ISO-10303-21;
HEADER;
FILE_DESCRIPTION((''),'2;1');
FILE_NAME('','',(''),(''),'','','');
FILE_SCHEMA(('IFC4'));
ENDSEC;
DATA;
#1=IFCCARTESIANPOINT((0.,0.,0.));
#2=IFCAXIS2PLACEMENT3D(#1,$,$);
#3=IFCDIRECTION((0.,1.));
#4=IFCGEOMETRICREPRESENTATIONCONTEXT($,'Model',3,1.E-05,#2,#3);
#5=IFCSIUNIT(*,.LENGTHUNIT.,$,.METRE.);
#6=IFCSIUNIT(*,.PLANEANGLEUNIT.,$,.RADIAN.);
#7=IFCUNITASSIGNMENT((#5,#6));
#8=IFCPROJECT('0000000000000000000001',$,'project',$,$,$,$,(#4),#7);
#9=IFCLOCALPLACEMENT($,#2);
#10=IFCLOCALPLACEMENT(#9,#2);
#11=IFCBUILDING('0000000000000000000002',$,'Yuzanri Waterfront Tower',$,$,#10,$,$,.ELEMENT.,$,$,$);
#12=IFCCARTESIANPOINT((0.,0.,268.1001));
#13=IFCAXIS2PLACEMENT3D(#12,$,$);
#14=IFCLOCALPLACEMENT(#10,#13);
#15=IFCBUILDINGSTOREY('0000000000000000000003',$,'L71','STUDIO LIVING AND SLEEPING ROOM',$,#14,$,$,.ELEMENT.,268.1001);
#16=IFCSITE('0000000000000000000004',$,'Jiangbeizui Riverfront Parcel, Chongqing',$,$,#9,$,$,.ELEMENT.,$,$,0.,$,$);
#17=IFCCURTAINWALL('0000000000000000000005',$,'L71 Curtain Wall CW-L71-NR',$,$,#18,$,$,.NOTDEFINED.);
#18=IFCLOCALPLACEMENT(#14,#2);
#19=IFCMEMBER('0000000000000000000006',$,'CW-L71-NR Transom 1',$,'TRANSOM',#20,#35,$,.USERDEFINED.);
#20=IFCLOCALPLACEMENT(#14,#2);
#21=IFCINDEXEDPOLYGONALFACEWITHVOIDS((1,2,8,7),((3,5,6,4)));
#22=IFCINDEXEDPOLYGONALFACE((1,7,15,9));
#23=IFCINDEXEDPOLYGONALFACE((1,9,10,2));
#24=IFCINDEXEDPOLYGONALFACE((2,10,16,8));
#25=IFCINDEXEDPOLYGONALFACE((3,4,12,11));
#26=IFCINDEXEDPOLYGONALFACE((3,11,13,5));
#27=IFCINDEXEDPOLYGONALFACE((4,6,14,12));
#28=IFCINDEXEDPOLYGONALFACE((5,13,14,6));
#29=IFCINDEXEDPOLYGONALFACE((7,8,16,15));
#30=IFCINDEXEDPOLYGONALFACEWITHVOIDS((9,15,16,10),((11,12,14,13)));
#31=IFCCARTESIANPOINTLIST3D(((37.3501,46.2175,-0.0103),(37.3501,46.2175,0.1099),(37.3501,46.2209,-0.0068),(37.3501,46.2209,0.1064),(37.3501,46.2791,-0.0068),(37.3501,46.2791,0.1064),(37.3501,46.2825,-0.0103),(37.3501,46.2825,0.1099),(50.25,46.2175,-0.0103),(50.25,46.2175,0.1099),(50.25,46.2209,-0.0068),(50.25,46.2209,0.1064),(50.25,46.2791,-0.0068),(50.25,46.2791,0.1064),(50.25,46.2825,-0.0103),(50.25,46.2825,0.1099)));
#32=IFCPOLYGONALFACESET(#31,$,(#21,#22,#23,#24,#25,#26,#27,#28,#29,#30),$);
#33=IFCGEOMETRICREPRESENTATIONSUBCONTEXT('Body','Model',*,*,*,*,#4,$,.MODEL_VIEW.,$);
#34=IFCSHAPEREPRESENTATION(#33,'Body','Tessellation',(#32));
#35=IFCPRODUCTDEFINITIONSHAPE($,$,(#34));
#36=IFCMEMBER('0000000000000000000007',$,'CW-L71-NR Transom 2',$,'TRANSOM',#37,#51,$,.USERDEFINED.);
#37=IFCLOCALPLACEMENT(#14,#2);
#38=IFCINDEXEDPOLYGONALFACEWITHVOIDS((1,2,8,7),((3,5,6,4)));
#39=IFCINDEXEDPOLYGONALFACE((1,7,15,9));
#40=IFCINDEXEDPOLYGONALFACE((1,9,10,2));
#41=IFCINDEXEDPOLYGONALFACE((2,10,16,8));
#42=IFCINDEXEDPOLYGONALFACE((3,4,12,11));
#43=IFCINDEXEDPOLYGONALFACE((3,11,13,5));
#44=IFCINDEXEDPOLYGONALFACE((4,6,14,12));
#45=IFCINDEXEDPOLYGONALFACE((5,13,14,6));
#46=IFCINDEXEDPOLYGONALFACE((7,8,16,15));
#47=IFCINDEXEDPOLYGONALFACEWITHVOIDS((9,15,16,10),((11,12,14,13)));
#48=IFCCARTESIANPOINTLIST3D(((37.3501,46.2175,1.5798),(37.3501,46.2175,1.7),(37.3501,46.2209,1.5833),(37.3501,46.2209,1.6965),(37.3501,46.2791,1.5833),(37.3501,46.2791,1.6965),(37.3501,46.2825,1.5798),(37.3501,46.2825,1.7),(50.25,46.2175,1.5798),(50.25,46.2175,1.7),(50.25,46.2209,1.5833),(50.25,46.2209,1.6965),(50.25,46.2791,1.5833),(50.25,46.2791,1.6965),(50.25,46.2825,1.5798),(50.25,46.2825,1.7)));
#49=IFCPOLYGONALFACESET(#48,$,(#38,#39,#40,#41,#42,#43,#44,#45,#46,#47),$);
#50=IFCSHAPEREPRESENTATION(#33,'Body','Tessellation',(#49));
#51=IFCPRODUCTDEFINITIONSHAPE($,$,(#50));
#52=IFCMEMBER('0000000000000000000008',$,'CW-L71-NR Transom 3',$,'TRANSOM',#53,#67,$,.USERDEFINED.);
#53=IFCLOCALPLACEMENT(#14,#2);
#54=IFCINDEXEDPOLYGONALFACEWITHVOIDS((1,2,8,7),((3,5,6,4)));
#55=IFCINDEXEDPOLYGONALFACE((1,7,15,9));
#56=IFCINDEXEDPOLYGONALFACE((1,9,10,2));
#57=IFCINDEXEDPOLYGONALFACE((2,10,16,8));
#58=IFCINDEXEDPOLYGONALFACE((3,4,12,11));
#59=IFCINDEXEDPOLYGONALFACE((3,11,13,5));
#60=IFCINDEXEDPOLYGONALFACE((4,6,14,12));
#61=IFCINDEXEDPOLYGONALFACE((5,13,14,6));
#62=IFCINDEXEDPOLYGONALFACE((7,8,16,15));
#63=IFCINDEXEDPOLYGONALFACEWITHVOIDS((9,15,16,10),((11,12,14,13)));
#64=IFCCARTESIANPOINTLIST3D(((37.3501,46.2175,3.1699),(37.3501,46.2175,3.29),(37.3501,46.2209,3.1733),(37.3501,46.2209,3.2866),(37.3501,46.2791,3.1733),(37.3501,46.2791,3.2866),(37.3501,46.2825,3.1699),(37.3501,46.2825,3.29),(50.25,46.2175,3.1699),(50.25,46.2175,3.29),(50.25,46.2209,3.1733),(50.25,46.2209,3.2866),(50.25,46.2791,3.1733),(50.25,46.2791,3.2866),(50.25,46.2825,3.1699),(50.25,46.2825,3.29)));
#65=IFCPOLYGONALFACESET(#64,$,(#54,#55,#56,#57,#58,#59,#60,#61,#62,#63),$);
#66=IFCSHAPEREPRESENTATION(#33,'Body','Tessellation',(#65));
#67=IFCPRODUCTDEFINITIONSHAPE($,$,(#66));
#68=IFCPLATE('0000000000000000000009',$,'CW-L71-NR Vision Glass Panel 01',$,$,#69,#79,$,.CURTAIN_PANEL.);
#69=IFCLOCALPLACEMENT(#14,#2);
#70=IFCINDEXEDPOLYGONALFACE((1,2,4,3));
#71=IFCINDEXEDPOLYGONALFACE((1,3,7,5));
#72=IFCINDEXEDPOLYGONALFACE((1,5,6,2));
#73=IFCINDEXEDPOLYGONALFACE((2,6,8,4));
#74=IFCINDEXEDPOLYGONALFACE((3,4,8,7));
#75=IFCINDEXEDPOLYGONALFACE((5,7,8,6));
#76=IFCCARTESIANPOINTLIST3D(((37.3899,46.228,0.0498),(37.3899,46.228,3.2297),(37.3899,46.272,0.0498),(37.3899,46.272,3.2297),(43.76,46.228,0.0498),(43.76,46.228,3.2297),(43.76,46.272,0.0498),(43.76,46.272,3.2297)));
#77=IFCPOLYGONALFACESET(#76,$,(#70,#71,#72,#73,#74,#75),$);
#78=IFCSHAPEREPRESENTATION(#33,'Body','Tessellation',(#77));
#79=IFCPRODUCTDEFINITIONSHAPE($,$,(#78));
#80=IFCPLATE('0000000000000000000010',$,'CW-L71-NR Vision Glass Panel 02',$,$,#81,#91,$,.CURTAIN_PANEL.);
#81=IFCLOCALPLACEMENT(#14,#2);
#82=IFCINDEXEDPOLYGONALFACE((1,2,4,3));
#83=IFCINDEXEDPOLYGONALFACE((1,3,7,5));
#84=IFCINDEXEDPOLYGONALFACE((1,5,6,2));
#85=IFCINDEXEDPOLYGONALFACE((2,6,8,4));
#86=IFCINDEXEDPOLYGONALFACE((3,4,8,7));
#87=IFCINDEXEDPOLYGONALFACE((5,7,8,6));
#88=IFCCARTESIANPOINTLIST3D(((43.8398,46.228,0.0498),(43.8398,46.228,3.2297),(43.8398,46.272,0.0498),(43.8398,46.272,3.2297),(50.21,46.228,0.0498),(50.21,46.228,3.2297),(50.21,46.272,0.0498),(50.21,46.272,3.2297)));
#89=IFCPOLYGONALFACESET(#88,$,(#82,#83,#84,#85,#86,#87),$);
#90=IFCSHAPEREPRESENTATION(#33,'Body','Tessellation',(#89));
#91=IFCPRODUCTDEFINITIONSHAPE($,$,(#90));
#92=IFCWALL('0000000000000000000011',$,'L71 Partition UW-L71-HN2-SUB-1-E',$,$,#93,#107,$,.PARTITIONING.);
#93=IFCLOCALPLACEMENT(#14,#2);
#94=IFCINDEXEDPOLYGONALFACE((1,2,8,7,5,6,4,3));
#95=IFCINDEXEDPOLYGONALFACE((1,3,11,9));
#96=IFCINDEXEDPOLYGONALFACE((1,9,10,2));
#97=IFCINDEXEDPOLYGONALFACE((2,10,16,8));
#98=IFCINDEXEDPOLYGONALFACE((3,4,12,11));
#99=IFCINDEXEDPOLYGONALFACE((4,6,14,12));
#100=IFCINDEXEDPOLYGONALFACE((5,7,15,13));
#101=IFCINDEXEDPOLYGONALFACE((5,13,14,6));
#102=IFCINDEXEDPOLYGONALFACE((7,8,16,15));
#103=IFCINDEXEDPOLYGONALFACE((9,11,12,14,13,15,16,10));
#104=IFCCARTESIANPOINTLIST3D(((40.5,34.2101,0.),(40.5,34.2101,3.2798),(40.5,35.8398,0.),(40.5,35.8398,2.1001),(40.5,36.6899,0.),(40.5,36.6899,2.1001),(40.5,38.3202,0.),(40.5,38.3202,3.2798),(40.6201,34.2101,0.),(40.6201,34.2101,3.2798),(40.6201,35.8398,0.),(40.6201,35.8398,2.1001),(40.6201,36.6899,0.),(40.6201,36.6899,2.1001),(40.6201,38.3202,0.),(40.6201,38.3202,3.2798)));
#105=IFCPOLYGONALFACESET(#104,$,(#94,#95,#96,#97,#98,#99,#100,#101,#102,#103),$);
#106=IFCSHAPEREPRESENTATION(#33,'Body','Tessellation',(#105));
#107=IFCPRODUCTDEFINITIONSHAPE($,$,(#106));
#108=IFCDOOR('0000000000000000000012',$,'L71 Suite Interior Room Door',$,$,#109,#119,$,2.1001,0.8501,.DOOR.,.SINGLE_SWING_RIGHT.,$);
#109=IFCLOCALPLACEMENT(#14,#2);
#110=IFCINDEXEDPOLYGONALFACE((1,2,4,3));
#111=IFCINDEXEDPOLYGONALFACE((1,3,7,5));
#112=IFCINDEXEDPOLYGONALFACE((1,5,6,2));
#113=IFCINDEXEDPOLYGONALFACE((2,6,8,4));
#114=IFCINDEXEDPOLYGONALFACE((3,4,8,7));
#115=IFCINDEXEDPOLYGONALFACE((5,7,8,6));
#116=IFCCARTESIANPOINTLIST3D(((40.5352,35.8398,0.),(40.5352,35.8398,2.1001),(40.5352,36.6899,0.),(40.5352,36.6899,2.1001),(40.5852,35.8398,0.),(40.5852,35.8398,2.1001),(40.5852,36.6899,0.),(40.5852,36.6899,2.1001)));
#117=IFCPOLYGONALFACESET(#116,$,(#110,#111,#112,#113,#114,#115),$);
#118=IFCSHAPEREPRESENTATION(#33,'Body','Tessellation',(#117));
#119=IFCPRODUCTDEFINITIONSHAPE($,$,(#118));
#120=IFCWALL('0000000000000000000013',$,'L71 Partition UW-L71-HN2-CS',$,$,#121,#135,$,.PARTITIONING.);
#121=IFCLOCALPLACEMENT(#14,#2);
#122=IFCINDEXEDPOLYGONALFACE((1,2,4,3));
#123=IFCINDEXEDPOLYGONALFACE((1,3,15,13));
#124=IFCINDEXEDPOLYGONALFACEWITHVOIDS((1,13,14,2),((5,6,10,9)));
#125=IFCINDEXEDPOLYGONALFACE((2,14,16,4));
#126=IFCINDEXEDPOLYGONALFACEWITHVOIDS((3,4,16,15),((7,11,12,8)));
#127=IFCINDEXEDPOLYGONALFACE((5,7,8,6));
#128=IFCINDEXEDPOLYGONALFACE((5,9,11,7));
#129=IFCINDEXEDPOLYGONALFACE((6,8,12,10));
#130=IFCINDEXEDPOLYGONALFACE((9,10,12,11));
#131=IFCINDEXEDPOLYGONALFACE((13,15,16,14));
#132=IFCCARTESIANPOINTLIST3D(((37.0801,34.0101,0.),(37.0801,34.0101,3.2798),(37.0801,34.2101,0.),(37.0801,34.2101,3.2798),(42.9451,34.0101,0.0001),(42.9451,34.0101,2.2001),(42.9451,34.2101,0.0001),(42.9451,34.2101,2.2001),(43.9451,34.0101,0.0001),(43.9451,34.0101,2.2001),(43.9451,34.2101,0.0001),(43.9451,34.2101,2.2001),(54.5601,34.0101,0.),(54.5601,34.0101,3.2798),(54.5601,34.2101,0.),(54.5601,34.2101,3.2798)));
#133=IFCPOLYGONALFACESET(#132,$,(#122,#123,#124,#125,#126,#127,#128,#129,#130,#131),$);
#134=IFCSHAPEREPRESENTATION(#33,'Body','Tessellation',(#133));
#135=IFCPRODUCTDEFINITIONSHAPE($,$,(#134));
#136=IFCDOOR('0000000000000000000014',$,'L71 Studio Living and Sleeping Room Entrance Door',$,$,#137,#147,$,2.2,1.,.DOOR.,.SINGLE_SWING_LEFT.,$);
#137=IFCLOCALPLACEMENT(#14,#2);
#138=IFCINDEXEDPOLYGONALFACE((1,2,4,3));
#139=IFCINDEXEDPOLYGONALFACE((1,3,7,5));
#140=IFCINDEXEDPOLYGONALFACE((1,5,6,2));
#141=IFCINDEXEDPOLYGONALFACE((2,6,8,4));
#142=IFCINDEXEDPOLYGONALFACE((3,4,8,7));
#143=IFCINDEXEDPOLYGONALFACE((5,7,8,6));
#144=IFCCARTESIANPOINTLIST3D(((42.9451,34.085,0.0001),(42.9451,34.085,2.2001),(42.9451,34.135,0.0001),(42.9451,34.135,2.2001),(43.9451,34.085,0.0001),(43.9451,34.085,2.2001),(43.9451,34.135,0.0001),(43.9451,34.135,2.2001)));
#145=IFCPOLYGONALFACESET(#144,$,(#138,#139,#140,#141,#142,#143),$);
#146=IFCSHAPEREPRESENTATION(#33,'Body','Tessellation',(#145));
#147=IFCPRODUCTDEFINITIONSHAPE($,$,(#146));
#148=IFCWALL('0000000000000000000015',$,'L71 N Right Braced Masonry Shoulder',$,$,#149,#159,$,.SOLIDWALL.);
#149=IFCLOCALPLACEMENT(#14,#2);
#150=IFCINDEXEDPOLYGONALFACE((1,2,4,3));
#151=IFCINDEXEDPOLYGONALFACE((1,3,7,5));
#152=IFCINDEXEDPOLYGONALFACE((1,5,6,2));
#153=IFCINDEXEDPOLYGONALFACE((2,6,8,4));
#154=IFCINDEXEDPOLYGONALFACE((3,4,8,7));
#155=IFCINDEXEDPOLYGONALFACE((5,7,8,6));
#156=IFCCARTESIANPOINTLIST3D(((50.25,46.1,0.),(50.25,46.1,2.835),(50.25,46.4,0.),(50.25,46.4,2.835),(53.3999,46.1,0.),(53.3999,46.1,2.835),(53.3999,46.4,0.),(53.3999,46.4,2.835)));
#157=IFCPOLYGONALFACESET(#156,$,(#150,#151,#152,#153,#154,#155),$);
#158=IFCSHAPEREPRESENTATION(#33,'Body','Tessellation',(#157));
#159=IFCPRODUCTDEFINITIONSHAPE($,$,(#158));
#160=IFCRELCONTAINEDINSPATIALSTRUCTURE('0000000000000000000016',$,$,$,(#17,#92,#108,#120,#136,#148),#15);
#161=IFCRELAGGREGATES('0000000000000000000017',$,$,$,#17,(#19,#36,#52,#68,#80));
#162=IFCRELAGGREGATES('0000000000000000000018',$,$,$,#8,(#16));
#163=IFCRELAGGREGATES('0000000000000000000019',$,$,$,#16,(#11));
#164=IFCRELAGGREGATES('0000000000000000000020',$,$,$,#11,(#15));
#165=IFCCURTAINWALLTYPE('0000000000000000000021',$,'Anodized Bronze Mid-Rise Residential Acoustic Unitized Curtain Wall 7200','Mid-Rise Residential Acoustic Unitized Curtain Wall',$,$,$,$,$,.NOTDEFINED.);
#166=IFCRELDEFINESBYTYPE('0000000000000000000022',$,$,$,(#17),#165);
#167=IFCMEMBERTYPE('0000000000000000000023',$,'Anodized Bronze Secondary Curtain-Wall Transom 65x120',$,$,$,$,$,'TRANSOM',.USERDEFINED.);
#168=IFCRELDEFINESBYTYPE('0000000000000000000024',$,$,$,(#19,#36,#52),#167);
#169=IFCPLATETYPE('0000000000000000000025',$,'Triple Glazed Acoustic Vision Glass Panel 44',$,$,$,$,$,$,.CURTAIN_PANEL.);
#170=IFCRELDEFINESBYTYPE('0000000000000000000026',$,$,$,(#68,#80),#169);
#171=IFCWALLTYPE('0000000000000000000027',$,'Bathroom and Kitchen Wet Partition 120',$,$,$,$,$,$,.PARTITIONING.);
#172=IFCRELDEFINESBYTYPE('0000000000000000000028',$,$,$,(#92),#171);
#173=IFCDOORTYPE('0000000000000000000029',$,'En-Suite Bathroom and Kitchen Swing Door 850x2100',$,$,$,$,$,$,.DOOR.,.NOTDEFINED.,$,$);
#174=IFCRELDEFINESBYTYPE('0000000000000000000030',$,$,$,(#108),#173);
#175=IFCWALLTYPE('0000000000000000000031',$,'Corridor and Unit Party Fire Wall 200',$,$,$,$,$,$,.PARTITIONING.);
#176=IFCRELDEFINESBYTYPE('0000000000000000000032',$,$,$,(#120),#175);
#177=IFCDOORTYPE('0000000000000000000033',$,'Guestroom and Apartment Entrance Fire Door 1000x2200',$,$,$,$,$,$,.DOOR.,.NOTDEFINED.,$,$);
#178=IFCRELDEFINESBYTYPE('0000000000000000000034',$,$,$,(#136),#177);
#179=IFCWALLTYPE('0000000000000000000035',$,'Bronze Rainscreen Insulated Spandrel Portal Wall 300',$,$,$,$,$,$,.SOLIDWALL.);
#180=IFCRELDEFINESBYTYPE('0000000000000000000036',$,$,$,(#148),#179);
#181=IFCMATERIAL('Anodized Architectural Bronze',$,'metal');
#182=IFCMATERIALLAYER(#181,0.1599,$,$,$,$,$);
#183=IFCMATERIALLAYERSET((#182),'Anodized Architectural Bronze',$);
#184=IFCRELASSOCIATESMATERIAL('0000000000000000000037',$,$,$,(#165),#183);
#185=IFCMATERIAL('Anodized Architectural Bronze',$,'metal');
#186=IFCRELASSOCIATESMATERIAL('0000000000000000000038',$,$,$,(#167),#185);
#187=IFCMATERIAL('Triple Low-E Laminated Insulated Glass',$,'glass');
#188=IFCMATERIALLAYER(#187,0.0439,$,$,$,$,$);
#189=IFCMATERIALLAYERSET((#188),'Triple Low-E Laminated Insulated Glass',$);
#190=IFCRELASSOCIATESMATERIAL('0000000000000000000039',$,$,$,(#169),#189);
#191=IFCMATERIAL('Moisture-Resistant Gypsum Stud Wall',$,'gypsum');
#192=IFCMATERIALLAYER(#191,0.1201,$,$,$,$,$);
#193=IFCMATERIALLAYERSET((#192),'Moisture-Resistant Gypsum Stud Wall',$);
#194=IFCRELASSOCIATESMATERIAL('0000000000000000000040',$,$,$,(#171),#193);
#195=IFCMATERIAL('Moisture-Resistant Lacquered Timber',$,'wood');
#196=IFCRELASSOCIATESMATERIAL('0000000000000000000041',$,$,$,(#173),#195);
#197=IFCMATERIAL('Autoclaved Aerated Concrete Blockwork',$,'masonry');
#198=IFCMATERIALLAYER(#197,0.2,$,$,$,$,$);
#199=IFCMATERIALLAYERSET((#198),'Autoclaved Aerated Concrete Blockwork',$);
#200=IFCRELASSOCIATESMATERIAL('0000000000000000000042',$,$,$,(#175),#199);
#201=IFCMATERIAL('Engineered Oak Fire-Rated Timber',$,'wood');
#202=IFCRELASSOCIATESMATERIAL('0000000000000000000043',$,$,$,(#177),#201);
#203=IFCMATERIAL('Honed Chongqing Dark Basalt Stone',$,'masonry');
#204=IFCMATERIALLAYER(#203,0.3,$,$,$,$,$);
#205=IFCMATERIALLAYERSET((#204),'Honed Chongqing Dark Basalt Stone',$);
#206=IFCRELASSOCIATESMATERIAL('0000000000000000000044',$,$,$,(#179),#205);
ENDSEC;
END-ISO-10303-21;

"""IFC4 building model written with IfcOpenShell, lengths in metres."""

from ifc_helpers import new_model, si_unit, direction, frame, frame_2d, origin, origin_2d, place, context, subcontext, project, spatial, rectangle, hollow_rectangle, extrude, source, transform, mapped, material, layer, layer_set, material_profile, profile_set, type_object, element, fill, aggregate, save


model = new_model("IFC4")

# Units and contexts
model_context = context("Model", 3, precision=1e-05, world=origin(), true_north=direction((0.0, 1.0)))
body_context = subcontext(model_context, "Body", "Model", "MODEL_VIEW")
ifc_project = project(units=[si_unit("LENGTHUNIT", "METRE"), si_unit("PLANEANGLEUNIT", "RADIAN")], contexts=[model_context])

# Site, building, storey
site_placement = place(None, origin())
site = spatial("IfcSite", under=ifc_project, at=site_placement, Name="Jiangbeizui Riverfront Parcel, Chongqing", CompositionType="ELEMENT", RefElevation=0.0)
building_placement = place(site_placement, origin())
building = spatial("IfcBuilding", under=site, at=building_placement, Name="Yuzanri Waterfront Tower", CompositionType="ELEMENT")
storey_placement = place(building_placement, frame((0.0, 0.0, 268.1001)))
storey = spatial("IfcBuildingStorey", under=building, at=storey_placement, Name="L71", Description="STUDIO LIVING AND SLEEPING ROOM", CompositionType="ELEMENT", Elevation=268.1001)

# Curtain wall, members, plates
ifc_material_1 = material(Name="Anodized Architectural Bronze", Category="metal")
ifc_layer_1 = layer(ifc_material_1, 0.1599)
ifc_layer_set_1 = layer_set([ifc_layer_1], Name="Anodized Architectural Bronze")
curtain_wall_type = type_object("IfcCurtainWallType", Name="Anodized Bronze Mid-Rise Residential Acoustic Unitized Curtain Wall 7200", Description="Mid-Rise Residential Acoustic Unitized Curtain Wall", PredefinedType="NOTDEFINED", material=ifc_layer_set_1)
curtain_wall_placement = place(storey_placement, origin())
curtain_wall = element("IfcCurtainWall", 1, at=curtain_wall_placement, inside=storey, type_object=curtain_wall_type, Name="L71 Curtain Wall CW-L71-NR", PredefinedType="NOTDEFINED")
ifc_material_2 = material(Name="Anodized Architectural Bronze", Category="metal")
ifc_material_profile_1 = material_profile(ifc_material_2, hollow_rectangle(XDim=0.0649, YDim=0.1201, WallThickness=0.0034, at=origin_2d()), Name="CWT 65x120")
ifc_profile_set_1 = profile_set([ifc_material_profile_1], Name="Anodized Architectural Bronze")
member_type_1 = type_object("IfcMemberType", Name="Anodized Bronze Secondary Curtain-Wall Transom 65x120", ElementType="TRANSOM", PredefinedType="USERDEFINED", material=ifc_profile_set_1)
shared_shape_1 = source(origin(), body_context, "Body", "SweptSolid", [
    extrude(hollow_rectangle(XDim=0.0649, YDim=0.1201, WallThickness=0.0034, at=origin_2d()), origin(), (0.0, 0.0, 1.0), 12.8999),
])
member_1_placement = place(storey_placement, frame((37.3501, 46.25, 0.0498), z_axis=(1.0, 0.0, 0.0), x_axis=(0.0, 1.0, 0.0)))
member_1 = element("IfcMember", 2, at=member_1_placement, type_object=member_type_1, Name="CW-L71-NR Transom 1", ObjectType="TRANSOM", PredefinedType="USERDEFINED", context=body_context, shape_type="MappedRepresentation", body=[
    mapped(shared_shape_1, transform((0.0, 0.0, 0.0), scale=1.0)),
])
member_2_placement = place(storey_placement, frame((37.3501, 46.25, 1.6399), z_axis=(1.0, 0.0, 0.0), x_axis=(0.0, 1.0, 0.0)))
member_2 = element("IfcMember", 3, at=member_2_placement, type_object=member_type_1, Name="CW-L71-NR Transom 2", ObjectType="TRANSOM", PredefinedType="USERDEFINED", context=body_context, shape_type="MappedRepresentation", body=[
    mapped(shared_shape_1, transform((0.0, 0.0, 0.0), scale=1.0)),
])
member_3_placement = place(storey_placement, frame((37.3501, 46.25, 3.23), z_axis=(1.0, 0.0, 0.0), x_axis=(0.0, 1.0, 0.0)))
member_3 = element("IfcMember", 4, at=member_3_placement, type_object=member_type_1, Name="CW-L71-NR Transom 3", ObjectType="TRANSOM", PredefinedType="USERDEFINED", context=body_context, shape_type="MappedRepresentation", body=[
    mapped(shared_shape_1, transform((0.0, 0.0, 0.0), scale=1.0)),
])
ifc_material_3 = material(Name="Triple Low-E Laminated Insulated Glass", Category="glass")
ifc_layer_2 = layer(ifc_material_3, 0.0439)
ifc_layer_set_2 = layer_set([ifc_layer_2], Name="Triple Low-E Laminated Insulated Glass")
plate_type = type_object("IfcPlateType", Name="Triple Glazed Acoustic Vision Glass Panel 44", PredefinedType="CURTAIN_PANEL", material=ifc_layer_set_2)
shared_shape_2 = source(origin(), body_context, "Body", "SweptSolid", [
    extrude(rectangle(XDim=6.3701, YDim=0.0439, at=origin_2d()), origin(), (0.0, 0.0, 1.0), 3.1799),
])
plate_1_placement = place(storey_placement, frame((40.575, 46.25, 0.0498), z_axis=(0.0, 0.0, 1.0), x_axis=(1.0, 0.0, 0.0)))
plate_1 = element("IfcPlate", 5, at=plate_1_placement, type_object=plate_type, Name="CW-L71-NR Vision Glass Panel 01", PredefinedType="CURTAIN_PANEL", context=body_context, shape_type="MappedRepresentation", body=[
    mapped(shared_shape_2, transform((0.0, 0.0, 0.0), scale=1.0)),
])
plate_2_placement = place(storey_placement, frame((47.0249, 46.25, 0.0498), z_axis=(0.0, 0.0, 1.0), x_axis=(1.0, 0.0, 0.0)))
plate_2 = element("IfcPlate", 6, at=plate_2_placement, type_object=plate_type, Name="CW-L71-NR Vision Glass Panel 02", PredefinedType="CURTAIN_PANEL", context=body_context, shape_type="MappedRepresentation", body=[
    mapped(shared_shape_2, transform((0.0, 0.0, 0.0), scale=1.0)),
])
aggregate(curtain_wall, [member_1, member_2, member_3, plate_1, plate_2])

# Walls, openings, doors
ifc_material_4 = material(Name="Moisture-Resistant Gypsum Stud Wall", Category="gypsum")
ifc_layer_3 = layer(ifc_material_4, 0.1201)
ifc_layer_set_3 = layer_set([ifc_layer_3], Name="Moisture-Resistant Gypsum Stud Wall")
wall_type_1 = type_object("IfcWallType", Name="Bathroom and Kitchen Wet Partition 120", PredefinedType="PARTITIONING", material=ifc_layer_set_3)
wall_1_placement = place(storey_placement, frame((40.5601, 34.21, 0.0), z_axis=(0.0, 0.0, 1.0), x_axis=(0.0, 1.0, 0.0)))
wall_1 = element("IfcWall", 7, at=wall_1_placement, inside=storey, type_object=wall_type_1, Name="L71 Partition UW-L71-HN2-SUB-1-E", PredefinedType="PARTITIONING", context=body_context, shape_type="SweptSolid", body=[
    extrude(rectangle(XDim=4.1101, YDim=0.1201, at=frame_2d((2.0552, 0.0))), origin(), (0.0, 0.0, 1.0), 3.2798),
])
opening_1_placement = place(wall_1_placement, frame((1.6299, 0.0, 0.0)))
opening_1 = element("IfcOpeningElement", 8, at=opening_1_placement, cuts=wall_1, PredefinedType="OPENING", context=body_context, shape_type="SweptSolid", body=[
    extrude(rectangle(XDim=0.8501, YDim=2.1001, at=frame_2d((0.425, 1.05))), frame((0.0, 0.075, 0.0), z_axis=(0.0, -1.0, 0.0), x_axis=(1.0, 0.0, 0.0)), (0.0, 0.0, 1.0), 0.1499),
])
ifc_material_5 = material(Name="Moisture-Resistant Lacquered Timber", Category="wood")
door_type_1 = type_object("IfcDoorType", Name="En-Suite Bathroom and Kitchen Swing Door 850x2100", OperationType="NOTDEFINED", PredefinedType="DOOR", material=ifc_material_5)
shared_shape_3 = source(origin(), body_context, "Body", "SweptSolid", [
    extrude(rectangle(XDim=0.8501, YDim=2.1001, at=frame_2d((0.425, 1.05))), frame((0.0, 0.0249, 0.0), z_axis=(0.0, -1.0, 0.0), x_axis=(1.0, 0.0, 0.0)), (0.0, 0.0, 1.0), 0.05),
])
door_1_placement = place(opening_1_placement, origin())
door_1 = element("IfcDoor", 9, at=door_1_placement, inside=storey, type_object=door_type_1, Name="L71 Suite Interior Room Door", OperationType="SINGLE_SWING_RIGHT", OverallHeight=2.1001, OverallWidth=0.8501, PredefinedType="DOOR", context=body_context, shape_type="MappedRepresentation", body=[
    mapped(shared_shape_3, transform((0.0, 0.0, 0.0), scale=1.0)),
])
fill(opening_1, door_1)
ifc_material_6 = material(Name="Autoclaved Aerated Concrete Blockwork", Category="masonry")
ifc_layer_4 = layer(ifc_material_6, 0.2)
ifc_layer_set_4 = layer_set([ifc_layer_4], Name="Autoclaved Aerated Concrete Blockwork")
wall_type_2 = type_object("IfcWallType", Name="Corridor and Unit Party Fire Wall 200", PredefinedType="PARTITIONING", material=ifc_layer_set_4)
wall_2_placement = place(storey_placement, frame((37.0801, 34.1101, 0.0), z_axis=(0.0, 0.0, 1.0), x_axis=(1.0, 0.0, 0.0)))
wall_2 = element("IfcWall", 10, at=wall_2_placement, inside=storey, type_object=wall_type_2, Name="L71 Partition UW-L71-HN2-CS", PredefinedType="PARTITIONING", context=body_context, shape_type="SweptSolid", body=[
    extrude(rectangle(XDim=17.48, YDim=0.2, at=frame_2d((8.74, 0.0))), origin(), (0.0, 0.0, 1.0), 3.2798),
])
opening_2_placement = place(wall_2_placement, frame((5.865, 0.0, 0.0)))
opening_2 = element("IfcOpeningElement", 11, at=opening_2_placement, cuts=wall_2, PredefinedType="OPENING", context=body_context, shape_type="SweptSolid", body=[
    extrude(rectangle(XDim=1.0, YDim=2.2, at=frame_2d((0.5, 1.1001))), frame((0.0, 0.1147, 0.0), z_axis=(0.0, -1.0, 0.0), x_axis=(1.0, 0.0, 0.0)), (0.0, 0.0, 1.0), 0.2297),
])
ifc_material_7 = material(Name="Engineered Oak Fire-Rated Timber", Category="wood")
door_type_2 = type_object("IfcDoorType", Name="Guestroom and Apartment Entrance Fire Door 1000x2200", OperationType="NOTDEFINED", PredefinedType="DOOR", material=ifc_material_7)
shared_shape_4 = source(origin(), body_context, "Body", "SweptSolid", [
    extrude(rectangle(XDim=1.0, YDim=2.2, at=frame_2d((0.5, 1.1001))), frame((0.0, 0.0249, 0.0), z_axis=(0.0, -1.0, 0.0), x_axis=(1.0, 0.0, 0.0)), (0.0, 0.0, 1.0), 0.05),
])
door_2_placement = place(opening_2_placement, origin())
door_2 = element("IfcDoor", 12, at=door_2_placement, inside=storey, type_object=door_type_2, Name="L71 Studio Living and Sleeping Room Entrance Door", OperationType="SINGLE_SWING_LEFT", OverallHeight=2.2, OverallWidth=1.0, PredefinedType="DOOR", context=body_context, shape_type="MappedRepresentation", body=[
    mapped(shared_shape_4, transform((0.0, 0.0, 0.0), scale=1.0)),
])
fill(opening_2, door_2)

# Wall
ifc_material_8 = material(Name="Honed Chongqing Dark Basalt Stone", Category="masonry")
ifc_layer_5 = layer(ifc_material_8, 0.3)
ifc_layer_set_5 = layer_set([ifc_layer_5], Name="Honed Chongqing Dark Basalt Stone")
wall_type_3 = type_object("IfcWallType", Name="Bronze Rainscreen Insulated Spandrel Portal Wall 300", PredefinedType="SOLIDWALL", material=ifc_layer_set_5)
shared_shape_5 = source(origin(), body_context, "Body", "SweptSolid", [
    extrude(rectangle(XDim=3.1499, YDim=0.3, at=frame_2d((1.575, 0.0))), origin(), (0.0, 0.0, 1.0), 2.835),
])
wall_3_placement = place(storey_placement, frame((50.25, 46.25, 0.0), z_axis=(0.0, 0.0, 1.0), x_axis=(1.0, 0.0, 0.0)))
element("IfcWall", 13, at=wall_3_placement, inside=storey, type_object=wall_type_3, Name="L71 N Right Braced Masonry Shoulder", PredefinedType="SOLIDWALL", context=body_context, shape_type="MappedRepresentation", body=[
    mapped(shared_shape_5, transform((0.0, 0.0, 0.0), scale=1.0)),
])

save(model, "model.ifc")
